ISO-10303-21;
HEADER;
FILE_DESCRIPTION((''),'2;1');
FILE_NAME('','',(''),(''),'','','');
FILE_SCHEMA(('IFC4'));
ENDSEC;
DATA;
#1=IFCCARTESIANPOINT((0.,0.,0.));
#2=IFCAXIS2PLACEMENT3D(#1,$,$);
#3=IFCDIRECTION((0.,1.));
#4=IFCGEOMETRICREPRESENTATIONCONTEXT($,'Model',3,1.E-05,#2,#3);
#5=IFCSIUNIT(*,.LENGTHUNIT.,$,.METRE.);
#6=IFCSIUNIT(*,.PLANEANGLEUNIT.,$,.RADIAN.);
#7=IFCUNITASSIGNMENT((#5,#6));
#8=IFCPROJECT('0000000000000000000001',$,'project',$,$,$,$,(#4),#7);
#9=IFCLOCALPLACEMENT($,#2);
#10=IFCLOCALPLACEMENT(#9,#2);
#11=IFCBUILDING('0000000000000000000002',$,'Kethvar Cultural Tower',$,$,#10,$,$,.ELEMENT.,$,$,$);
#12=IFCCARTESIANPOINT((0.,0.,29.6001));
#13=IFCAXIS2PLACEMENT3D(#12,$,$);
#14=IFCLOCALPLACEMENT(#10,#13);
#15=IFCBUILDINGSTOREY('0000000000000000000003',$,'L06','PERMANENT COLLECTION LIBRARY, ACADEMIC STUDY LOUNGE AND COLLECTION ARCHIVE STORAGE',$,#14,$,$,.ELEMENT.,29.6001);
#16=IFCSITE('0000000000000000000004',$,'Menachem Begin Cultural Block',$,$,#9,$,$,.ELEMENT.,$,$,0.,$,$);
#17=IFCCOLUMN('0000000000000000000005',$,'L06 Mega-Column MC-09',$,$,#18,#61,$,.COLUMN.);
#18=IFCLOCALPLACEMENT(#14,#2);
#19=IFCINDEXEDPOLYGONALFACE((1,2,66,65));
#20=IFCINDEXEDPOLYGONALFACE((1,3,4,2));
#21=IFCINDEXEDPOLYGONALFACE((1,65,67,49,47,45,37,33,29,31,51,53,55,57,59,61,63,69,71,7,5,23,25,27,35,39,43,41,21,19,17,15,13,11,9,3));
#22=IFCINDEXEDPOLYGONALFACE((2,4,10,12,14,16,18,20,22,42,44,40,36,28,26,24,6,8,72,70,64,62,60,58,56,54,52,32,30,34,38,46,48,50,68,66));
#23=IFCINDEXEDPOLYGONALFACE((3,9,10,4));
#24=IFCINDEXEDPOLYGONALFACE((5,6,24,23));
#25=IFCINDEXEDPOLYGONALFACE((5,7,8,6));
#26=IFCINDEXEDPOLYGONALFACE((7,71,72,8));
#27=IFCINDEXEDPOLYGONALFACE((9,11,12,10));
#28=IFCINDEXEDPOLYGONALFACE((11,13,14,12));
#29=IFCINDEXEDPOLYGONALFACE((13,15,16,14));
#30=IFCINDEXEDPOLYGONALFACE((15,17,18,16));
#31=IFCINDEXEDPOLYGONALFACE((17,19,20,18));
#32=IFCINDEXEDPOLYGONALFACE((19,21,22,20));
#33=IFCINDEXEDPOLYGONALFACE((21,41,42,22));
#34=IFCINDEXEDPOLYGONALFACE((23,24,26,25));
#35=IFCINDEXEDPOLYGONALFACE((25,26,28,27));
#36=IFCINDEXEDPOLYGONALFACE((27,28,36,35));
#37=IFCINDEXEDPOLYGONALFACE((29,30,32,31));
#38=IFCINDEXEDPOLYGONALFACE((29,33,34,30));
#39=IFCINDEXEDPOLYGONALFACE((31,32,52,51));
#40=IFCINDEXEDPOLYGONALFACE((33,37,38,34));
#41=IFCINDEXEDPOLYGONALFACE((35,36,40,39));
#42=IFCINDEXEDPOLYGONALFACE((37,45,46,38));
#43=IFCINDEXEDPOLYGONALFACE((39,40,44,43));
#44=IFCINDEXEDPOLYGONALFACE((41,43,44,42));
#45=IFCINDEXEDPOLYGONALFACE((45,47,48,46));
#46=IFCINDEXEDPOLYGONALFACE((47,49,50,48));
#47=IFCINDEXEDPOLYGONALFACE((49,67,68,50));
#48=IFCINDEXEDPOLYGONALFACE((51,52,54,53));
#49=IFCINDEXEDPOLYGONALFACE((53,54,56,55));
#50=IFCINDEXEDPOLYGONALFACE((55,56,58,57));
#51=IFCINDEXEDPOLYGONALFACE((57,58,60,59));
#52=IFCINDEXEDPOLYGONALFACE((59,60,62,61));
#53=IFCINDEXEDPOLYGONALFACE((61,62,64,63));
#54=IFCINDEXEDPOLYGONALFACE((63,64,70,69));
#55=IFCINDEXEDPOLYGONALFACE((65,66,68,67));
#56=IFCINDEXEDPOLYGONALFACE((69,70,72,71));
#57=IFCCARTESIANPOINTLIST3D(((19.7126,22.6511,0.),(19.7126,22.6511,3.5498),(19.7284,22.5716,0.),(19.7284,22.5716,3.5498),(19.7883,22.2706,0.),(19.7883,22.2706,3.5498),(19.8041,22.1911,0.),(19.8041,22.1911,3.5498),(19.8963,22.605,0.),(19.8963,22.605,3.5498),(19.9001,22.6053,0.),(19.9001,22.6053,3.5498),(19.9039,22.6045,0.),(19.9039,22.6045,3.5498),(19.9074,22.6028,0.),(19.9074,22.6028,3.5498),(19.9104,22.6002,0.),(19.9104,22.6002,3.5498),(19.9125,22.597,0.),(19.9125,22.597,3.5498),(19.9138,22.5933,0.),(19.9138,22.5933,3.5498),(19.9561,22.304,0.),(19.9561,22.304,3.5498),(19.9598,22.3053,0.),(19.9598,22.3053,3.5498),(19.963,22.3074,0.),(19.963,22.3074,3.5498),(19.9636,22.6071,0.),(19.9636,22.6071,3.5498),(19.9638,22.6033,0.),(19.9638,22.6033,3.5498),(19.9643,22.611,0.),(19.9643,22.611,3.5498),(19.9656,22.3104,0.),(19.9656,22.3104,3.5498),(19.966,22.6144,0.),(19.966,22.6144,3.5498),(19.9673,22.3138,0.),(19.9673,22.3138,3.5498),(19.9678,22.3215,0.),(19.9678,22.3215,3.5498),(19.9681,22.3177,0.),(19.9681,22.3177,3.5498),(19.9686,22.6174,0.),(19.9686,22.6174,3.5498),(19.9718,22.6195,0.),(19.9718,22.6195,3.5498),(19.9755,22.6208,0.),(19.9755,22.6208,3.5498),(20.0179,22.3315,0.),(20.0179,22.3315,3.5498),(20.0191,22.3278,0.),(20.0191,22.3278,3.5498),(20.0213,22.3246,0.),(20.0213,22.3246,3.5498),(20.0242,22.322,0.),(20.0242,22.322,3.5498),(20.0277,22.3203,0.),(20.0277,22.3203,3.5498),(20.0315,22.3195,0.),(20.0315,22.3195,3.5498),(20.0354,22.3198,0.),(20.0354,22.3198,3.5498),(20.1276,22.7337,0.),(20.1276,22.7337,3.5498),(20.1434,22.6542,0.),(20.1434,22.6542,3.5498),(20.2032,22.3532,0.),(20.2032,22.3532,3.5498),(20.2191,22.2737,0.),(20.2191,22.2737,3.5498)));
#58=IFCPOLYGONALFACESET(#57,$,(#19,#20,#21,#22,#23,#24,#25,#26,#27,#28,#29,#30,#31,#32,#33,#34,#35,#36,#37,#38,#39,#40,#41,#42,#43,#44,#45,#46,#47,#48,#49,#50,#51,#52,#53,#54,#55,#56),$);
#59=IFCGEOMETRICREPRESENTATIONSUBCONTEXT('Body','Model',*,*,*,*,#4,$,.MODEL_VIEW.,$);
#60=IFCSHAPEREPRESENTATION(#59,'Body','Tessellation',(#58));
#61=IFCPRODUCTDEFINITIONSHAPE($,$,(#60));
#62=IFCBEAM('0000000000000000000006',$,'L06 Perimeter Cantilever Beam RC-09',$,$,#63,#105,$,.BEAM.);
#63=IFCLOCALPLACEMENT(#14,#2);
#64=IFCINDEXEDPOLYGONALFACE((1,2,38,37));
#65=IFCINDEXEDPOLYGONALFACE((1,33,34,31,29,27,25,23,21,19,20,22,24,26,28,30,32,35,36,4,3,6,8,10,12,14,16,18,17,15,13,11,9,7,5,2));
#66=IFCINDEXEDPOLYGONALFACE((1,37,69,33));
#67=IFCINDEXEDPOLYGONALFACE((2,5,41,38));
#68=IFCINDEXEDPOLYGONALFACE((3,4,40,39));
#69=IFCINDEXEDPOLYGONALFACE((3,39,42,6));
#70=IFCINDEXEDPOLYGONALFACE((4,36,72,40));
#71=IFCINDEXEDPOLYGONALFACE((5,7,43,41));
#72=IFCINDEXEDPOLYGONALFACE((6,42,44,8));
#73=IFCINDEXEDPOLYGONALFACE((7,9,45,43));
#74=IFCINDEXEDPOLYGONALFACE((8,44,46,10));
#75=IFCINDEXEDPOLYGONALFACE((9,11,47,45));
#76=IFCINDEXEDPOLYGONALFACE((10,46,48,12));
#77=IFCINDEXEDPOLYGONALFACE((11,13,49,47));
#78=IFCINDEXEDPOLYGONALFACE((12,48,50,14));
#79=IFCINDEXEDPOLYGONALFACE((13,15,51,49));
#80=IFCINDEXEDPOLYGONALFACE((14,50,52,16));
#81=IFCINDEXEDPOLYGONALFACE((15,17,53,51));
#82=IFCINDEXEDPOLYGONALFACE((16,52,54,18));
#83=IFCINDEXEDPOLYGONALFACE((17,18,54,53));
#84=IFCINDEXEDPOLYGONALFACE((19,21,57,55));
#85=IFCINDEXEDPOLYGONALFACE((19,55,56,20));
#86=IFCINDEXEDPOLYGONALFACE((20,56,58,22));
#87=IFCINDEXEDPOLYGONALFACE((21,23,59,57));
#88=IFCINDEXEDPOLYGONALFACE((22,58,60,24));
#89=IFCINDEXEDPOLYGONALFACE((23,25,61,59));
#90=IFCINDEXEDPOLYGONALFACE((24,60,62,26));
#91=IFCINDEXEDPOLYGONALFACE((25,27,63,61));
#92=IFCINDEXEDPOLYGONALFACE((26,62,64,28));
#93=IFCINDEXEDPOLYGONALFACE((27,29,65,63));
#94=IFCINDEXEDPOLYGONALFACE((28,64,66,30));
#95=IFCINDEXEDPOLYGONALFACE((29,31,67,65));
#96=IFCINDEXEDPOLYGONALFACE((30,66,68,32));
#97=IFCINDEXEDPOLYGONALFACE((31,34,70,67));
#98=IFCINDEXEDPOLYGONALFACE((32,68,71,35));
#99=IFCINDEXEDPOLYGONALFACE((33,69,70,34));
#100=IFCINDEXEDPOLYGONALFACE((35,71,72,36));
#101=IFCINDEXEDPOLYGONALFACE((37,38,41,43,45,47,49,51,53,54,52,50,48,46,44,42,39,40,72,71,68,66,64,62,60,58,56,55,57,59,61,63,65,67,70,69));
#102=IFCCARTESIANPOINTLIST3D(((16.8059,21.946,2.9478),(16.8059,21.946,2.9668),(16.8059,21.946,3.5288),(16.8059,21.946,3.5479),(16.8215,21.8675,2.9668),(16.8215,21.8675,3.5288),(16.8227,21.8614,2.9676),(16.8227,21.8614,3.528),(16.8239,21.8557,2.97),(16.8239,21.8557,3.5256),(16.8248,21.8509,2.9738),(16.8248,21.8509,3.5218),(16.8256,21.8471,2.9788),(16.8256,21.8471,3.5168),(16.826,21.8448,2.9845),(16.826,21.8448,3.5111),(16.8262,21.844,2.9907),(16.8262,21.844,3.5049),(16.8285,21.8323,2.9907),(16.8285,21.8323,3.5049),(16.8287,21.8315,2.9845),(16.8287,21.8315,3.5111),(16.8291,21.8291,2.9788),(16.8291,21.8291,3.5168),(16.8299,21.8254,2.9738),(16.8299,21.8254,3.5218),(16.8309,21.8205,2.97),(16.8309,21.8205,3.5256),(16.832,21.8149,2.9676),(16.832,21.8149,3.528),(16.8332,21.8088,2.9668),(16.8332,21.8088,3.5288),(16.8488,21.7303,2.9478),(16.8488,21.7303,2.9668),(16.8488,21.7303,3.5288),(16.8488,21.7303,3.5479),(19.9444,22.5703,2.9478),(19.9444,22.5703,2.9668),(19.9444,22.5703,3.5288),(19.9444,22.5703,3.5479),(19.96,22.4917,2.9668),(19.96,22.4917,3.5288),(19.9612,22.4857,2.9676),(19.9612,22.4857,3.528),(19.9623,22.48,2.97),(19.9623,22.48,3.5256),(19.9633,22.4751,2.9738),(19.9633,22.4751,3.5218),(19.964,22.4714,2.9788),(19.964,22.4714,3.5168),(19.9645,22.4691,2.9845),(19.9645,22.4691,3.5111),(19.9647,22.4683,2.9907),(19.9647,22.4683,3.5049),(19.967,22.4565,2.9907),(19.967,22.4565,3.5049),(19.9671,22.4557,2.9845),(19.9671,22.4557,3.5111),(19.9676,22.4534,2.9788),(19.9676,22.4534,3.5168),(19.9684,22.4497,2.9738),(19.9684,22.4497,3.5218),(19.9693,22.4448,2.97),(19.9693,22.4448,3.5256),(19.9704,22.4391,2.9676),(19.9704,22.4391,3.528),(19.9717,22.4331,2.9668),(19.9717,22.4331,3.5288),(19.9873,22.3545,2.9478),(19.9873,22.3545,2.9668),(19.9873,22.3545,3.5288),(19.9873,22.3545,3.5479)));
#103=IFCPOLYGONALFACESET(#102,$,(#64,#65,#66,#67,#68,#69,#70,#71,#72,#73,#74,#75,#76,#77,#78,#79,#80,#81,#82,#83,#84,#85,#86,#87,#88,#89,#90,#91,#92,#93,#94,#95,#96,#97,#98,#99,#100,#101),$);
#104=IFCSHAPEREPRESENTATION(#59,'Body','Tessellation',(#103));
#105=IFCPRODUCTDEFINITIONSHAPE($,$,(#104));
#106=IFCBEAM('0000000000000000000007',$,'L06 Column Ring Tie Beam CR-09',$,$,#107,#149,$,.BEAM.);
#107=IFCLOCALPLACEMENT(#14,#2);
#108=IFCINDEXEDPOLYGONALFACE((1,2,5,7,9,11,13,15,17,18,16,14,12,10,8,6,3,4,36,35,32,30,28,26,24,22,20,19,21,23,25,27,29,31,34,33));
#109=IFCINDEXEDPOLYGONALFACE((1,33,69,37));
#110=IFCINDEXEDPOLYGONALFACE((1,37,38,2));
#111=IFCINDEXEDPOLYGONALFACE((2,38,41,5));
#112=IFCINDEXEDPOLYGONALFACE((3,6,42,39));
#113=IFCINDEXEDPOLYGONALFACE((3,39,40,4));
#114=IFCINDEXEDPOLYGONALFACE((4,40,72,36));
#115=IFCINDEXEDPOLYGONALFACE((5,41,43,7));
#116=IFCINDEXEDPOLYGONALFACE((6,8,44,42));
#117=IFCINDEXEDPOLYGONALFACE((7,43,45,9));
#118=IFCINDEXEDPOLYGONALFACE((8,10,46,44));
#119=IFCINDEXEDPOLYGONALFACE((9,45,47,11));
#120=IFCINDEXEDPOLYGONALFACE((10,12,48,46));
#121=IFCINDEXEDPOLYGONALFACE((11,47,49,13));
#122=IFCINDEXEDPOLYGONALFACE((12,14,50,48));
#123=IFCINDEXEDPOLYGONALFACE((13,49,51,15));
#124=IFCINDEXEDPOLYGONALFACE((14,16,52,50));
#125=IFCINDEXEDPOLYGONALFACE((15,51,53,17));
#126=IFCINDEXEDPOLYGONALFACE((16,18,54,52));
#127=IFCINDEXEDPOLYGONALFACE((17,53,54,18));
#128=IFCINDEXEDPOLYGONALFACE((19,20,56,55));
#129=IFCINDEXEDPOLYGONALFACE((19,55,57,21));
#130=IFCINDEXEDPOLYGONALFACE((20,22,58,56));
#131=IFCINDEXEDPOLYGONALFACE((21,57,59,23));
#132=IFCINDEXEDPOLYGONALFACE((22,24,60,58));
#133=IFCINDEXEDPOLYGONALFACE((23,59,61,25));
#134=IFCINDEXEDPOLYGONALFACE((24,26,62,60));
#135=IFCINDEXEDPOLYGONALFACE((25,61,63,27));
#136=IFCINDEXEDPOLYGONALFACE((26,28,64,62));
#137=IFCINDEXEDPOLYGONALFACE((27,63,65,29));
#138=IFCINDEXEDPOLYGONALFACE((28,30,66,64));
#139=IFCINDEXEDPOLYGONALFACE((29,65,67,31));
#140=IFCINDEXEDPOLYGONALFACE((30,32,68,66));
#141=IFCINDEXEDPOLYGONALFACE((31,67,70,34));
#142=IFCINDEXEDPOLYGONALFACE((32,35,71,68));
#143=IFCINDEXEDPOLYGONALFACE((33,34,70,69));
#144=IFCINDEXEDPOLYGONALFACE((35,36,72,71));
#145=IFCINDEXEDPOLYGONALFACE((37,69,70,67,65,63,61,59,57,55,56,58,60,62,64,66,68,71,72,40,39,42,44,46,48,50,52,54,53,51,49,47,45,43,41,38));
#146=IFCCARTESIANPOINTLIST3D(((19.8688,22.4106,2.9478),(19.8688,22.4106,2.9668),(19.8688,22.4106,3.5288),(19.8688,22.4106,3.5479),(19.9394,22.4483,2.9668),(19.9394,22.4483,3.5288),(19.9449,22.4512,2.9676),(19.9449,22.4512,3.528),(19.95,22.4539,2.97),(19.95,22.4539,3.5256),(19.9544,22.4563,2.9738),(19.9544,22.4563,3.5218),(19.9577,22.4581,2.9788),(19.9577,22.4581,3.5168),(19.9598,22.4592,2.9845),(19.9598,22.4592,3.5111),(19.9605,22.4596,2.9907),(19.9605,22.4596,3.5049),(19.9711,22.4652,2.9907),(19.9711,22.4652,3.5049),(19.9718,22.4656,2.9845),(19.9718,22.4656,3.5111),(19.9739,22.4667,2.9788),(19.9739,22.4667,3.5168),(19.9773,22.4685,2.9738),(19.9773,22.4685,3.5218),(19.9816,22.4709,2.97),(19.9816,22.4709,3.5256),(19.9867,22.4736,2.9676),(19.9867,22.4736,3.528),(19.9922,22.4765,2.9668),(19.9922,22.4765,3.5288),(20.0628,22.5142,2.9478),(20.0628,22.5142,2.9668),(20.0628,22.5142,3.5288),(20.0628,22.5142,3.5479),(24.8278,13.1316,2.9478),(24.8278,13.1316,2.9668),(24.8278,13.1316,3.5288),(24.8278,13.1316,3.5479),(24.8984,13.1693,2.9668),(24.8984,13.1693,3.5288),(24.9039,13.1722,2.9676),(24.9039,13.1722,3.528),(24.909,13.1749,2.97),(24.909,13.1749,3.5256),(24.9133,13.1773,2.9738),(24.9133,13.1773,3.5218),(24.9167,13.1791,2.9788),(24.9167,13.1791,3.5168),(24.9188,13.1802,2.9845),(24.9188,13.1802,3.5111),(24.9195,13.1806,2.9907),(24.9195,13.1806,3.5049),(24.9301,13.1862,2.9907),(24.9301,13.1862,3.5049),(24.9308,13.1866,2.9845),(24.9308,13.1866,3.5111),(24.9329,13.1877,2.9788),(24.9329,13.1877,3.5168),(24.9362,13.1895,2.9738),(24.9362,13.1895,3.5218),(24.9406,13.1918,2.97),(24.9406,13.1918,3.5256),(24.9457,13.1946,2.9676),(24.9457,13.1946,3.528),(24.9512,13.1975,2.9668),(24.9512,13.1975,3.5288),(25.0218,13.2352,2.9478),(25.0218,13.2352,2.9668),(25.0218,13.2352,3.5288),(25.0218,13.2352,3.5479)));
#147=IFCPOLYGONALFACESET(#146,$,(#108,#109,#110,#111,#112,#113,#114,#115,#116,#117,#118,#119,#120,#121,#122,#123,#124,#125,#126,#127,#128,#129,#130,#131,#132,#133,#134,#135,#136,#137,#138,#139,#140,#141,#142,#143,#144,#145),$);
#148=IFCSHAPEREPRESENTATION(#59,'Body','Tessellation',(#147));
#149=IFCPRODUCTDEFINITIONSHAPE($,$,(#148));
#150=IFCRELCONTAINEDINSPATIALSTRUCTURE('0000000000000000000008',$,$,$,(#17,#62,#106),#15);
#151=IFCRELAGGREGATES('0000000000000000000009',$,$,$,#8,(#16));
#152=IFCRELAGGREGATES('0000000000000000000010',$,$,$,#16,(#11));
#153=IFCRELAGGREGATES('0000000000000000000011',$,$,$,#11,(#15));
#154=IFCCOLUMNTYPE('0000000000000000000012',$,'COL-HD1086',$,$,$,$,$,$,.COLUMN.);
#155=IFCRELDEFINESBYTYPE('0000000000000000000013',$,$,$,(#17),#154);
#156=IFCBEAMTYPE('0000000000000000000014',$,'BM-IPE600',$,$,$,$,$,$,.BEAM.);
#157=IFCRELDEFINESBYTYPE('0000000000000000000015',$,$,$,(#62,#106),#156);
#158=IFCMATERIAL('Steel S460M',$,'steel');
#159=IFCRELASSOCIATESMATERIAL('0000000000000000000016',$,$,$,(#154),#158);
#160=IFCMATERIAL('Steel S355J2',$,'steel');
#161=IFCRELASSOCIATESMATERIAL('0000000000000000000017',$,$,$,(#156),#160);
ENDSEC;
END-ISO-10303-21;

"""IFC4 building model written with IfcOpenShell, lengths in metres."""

from ifc_helpers import new_model, si_unit, direction, frame, origin, origin_2d, place, context, subcontext, project, spatial, i_section, extrude, source, transform, mapped, material, material_profile, profile_set, type_object, element, save


model = new_model("IFC4")

# Units and contexts
model_context = context("Model", 3, precision=1e-05, world=origin(), true_north=direction((0.0, 1.0)))
body_context = subcontext(model_context, "Body", "Model", "MODEL_VIEW")
ifc_project = project(units=[si_unit("LENGTHUNIT", "METRE"), si_unit("PLANEANGLEUNIT", "RADIAN")], contexts=[model_context])

# Site, building, storey
site_placement = place(None, origin())
site = spatial("IfcSite", under=ifc_project, at=site_placement, Name="Menachem Begin Cultural Block", CompositionType="ELEMENT", RefElevation=0.0)
building_placement = place(site_placement, origin())
building = spatial("IfcBuilding", under=site, at=building_placement, Name="Kethvar Cultural Tower", CompositionType="ELEMENT")
storey_placement = place(building_placement, frame((0.0, 0.0, 29.6001)))
storey = spatial("IfcBuildingStorey", under=building, at=storey_placement, Name="L06", Description="PERMANENT COLLECTION LIBRARY, ACADEMIC STUDY LOUNGE AND COLLECTION ARCHIVE STORAGE", CompositionType="ELEMENT", Elevation=29.6001)

# Column
ifc_material_1 = material(Name="Steel S460M", Category="steel")
ifc_material_profile_1 = material_profile(ifc_material_1, i_section(OverallWidth=0.4231, OverallDepth=0.469, WebThickness=0.051, FlangeThickness=0.0811, FilletRadius=0.0149, at=origin_2d()), Name="Steel S460M — HD400x1086")
ifc_profile_set_1 = profile_set([ifc_material_profile_1], Name="Steel S460M — HD400x1086")
column_type = type_object("IfcColumnType", Name="COL-HD1086", PredefinedType="COLUMN", material=ifc_profile_set_1)
shared_shape_1 = source(origin(), body_context, "Body", "SweptSolid", [
    extrude(i_section(OverallWidth=0.4231, OverallDepth=0.469, WebThickness=0.051, FlangeThickness=0.0811, FilletRadius=0.0149, at=origin_2d()), origin(), (0.0, 0.0, 1.0), 3.5498),
])
column_placement = place(storey_placement, frame((19.9658, 22.4624, 0.0), z_axis=(0.0, 0.0, 1.0), x_axis=(-0.980785, -0.19509, 0.0)))
element("IfcColumn", 1, at=column_placement, inside=storey, type_object=column_type, Name="L06 Mega-Column MC-09", PredefinedType="COLUMN", context=body_context, shape_type="MappedRepresentation", body=[
    mapped(shared_shape_1, transform((0.0, 0.0, 0.0), scale=1.0)),
])

# Beams
ifc_material_2 = material(Name="Steel S355J2", Category="steel")
ifc_material_profile_2 = material_profile(ifc_material_2, i_section(OverallWidth=0.22, OverallDepth=0.6001, WebThickness=0.012, FlangeThickness=0.019, FilletRadius=0.0239, at=origin_2d()), Name="Steel S355J2 — IPE600")
ifc_profile_set_2 = profile_set([ifc_material_profile_2], Name="Steel S355J2 — IPE600")
beam_type_1 = type_object("IfcBeamType", Name="BM-IPE600", PredefinedType="BEAM", material=ifc_profile_set_2)
shared_shape_2 = source(origin(), body_context, "Body", "SweptSolid", [
    extrude(i_section(OverallWidth=0.22, OverallDepth=0.6001, WebThickness=0.012, FlangeThickness=0.019, FilletRadius=0.0239, at=origin_2d()), origin(), (0.0, 0.0, 1.0), 3.2),
])
beam_1_placement = place(storey_placement, frame((19.9658, 22.4624, 3.2478), z_axis=(-0.980786, -0.195089, 0.0), x_axis=(0.195089, -0.980786, 0.0)))
element("IfcBeam", 2, at=beam_1_placement, inside=storey, type_object=beam_type_1, Name="L06 Perimeter Cantilever Beam RC-09", PredefinedType="BEAM", context=body_context, shape_type="MappedRepresentation", body=[
    mapped(shared_shape_2, transform((0.0, 0.0, 0.0), scale=1.0)),
])
shared_shape_3 = source(origin(), body_context, "Body", "SweptSolid", [
    extrude(i_section(OverallWidth=0.22, OverallDepth=0.6001, WebThickness=0.012, FlangeThickness=0.019, FilletRadius=0.0239, at=origin_2d()), origin(), (0.0, 0.0, 1.0), 10.521),
])
beam_2_placement = place(storey_placement, frame((19.9658, 22.4624, 3.2478), z_axis=(0.47134, -0.881952, 0.0), x_axis=(0.881952, 0.47134, 0.0)))
element("IfcBeam", 3, at=beam_2_placement, inside=storey, type_object=beam_type_1, Name="L06 Column Ring Tie Beam CR-09", PredefinedType="BEAM", context=body_context, shape_type="MappedRepresentation", body=[
    mapped(shared_shape_3, transform((0.0, 0.0, 0.0), scale=1.0)),
])

save(model, "model.ifc")
